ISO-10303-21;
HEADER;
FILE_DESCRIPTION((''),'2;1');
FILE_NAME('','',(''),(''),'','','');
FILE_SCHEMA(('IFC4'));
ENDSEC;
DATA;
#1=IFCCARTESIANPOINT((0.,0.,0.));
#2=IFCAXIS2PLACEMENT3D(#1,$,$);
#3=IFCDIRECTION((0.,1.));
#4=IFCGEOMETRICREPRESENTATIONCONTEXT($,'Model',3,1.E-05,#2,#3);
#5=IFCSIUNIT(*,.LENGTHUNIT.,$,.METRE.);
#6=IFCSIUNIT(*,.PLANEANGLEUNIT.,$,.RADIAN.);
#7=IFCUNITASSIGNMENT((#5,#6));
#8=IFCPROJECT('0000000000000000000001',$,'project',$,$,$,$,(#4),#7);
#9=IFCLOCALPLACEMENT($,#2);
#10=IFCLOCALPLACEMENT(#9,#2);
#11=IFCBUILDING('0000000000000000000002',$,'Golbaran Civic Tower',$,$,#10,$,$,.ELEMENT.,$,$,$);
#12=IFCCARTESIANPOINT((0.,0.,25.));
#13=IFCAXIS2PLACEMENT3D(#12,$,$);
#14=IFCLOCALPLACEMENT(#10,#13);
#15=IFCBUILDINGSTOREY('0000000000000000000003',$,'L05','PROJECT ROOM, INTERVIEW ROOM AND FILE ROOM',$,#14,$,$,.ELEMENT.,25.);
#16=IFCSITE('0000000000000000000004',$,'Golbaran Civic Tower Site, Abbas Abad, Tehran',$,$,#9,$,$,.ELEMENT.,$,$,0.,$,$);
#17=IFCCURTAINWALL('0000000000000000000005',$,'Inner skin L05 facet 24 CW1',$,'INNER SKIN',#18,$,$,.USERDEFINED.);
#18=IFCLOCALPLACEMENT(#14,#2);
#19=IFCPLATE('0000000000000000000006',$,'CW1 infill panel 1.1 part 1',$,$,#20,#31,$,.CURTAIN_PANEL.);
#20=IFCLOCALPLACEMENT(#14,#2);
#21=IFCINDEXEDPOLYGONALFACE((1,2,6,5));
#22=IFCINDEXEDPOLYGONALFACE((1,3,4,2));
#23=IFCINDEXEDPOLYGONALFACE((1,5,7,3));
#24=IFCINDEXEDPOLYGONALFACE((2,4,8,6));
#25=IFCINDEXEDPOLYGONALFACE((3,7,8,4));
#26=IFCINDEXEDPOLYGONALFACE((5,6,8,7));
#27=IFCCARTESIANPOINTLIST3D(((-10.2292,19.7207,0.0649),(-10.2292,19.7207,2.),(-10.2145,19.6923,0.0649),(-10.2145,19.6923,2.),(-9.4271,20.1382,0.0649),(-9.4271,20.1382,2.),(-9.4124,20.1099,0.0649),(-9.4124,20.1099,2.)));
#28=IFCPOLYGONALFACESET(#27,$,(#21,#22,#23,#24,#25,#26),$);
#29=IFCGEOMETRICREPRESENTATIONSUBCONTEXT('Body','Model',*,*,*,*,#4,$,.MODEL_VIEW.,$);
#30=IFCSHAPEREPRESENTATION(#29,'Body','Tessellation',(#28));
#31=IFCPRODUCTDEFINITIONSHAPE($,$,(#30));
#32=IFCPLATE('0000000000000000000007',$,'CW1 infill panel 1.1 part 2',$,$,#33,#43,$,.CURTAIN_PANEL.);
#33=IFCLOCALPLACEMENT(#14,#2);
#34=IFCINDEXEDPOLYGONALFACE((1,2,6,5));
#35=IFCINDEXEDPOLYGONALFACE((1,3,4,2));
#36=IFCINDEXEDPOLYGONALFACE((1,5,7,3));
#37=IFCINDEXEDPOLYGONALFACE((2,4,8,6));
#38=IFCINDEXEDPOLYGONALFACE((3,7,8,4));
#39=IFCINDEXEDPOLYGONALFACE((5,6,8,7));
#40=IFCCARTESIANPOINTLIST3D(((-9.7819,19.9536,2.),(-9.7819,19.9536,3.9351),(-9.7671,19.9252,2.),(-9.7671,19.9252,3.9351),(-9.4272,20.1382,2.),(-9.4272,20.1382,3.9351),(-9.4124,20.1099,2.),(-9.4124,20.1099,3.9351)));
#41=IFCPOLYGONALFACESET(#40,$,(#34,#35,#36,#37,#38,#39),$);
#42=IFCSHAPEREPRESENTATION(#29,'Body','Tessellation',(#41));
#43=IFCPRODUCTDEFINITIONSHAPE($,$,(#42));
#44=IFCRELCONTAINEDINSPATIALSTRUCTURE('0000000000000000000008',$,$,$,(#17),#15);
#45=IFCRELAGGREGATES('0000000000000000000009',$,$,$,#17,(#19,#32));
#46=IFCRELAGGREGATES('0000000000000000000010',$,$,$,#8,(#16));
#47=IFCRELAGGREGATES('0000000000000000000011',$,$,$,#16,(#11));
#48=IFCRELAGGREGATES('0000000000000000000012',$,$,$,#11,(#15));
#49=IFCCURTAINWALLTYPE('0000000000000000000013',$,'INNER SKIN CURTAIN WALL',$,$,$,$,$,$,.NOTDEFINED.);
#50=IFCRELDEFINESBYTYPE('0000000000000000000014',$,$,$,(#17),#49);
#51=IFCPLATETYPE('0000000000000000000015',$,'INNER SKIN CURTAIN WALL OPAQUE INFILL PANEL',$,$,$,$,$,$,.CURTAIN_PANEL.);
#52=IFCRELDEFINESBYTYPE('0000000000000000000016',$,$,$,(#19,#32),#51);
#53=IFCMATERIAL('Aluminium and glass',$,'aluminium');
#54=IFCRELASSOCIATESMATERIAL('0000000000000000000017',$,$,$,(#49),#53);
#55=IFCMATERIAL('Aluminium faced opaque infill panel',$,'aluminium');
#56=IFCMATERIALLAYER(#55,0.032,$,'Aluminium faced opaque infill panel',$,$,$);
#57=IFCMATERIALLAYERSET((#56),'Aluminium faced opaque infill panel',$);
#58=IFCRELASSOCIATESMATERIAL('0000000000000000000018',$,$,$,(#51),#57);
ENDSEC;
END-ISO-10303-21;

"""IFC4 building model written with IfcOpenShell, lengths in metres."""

from ifc_helpers import new_model, si_unit, direction, frame, origin, origin_2d, place, context, subcontext, project, spatial, rectangle, extrude, material, layer, layer_set, type_object, element, aggregate, save


model = new_model("IFC4")

# Units and contexts
model_context = context("Model", 3, precision=1e-05, world=origin(), true_north=direction((0.0, 1.0)))
body_context = subcontext(model_context, "Body", "Model", "MODEL_VIEW")
ifc_project = project(units=[si_unit("LENGTHUNIT", "METRE"), si_unit("PLANEANGLEUNIT", "RADIAN")], contexts=[model_context])

# Site, building, storey
site_placement = place(None, origin())
site = spatial("IfcSite", under=ifc_project, at=site_placement, Name="Golbaran Civic Tower Site, Abbas Abad, Tehran", CompositionType="ELEMENT", RefElevation=0.0)
building_placement = place(site_placement, origin())
building = spatial("IfcBuilding", under=site, at=building_placement, Name="Golbaran Civic Tower", CompositionType="ELEMENT")
storey_placement = place(building_placement, frame((0.0, 0.0, 25.0)))
storey = spatial("IfcBuildingStorey", under=building, at=storey_placement, Name="L05", Description="PROJECT ROOM, INTERVIEW ROOM AND FILE ROOM", CompositionType="ELEMENT", Elevation=25.0)

# Shared definitions
ifc_material_1 = material(Name="Aluminium and glass", Category="aluminium")
curtain_wall_type = type_object("IfcCurtainWallType", Name="INNER SKIN CURTAIN WALL", PredefinedType="NOTDEFINED", material=ifc_material_1)

# Curtain wall
curtain_wall_1_placement = place(storey_placement, origin())
curtain_wall_1 = element("IfcCurtainWall", 1, at=curtain_wall_1_placement, inside=storey, type_object=curtain_wall_type, Name="Inner skin L05 facet 24 CW1", ObjectType="INNER SKIN", PredefinedType="USERDEFINED")

# Plates
ifc_material_2 = material(Name="Aluminium faced opaque infill panel", Category="aluminium")
ifc_layer_1 = layer(ifc_material_2, 0.032, Name="Aluminium faced opaque infill panel")
ifc_layer_set_1 = layer_set([ifc_layer_1], Name="Aluminium faced opaque infill panel")
plate_type_1 = type_object("IfcPlateType", Name="INNER SKIN CURTAIN WALL OPAQUE INFILL PANEL", PredefinedType="CURTAIN_PANEL", material=ifc_layer_set_1)
plate_1_placement = place(storey_placement, frame((-9.8208, 19.9153, 0.0649), z_axis=(0.0, 0.0, 1.0), x_axis=(-0.887011, -0.461749, 0.0)))
plate_1 = element("IfcPlate", 2, at=plate_1_placement, type_object=plate_type_1, Name="CW1 infill panel 1.1 part 1", PredefinedType="CURTAIN_PANEL", context=body_context, shape_type="SweptSolid", body=[
    extrude(rectangle(XDim=0.9043, YDim=0.032, at=origin_2d()), origin(), (0.0, 0.0, 1.0), 1.9351),
])
plate_2_placement = place(storey_placement, frame((-9.5972, 20.0317, 2.0), z_axis=(0.0, 0.0, 1.0), x_axis=(-0.887011, -0.461749, 0.0)))
plate_2 = element("IfcPlate", 3, at=plate_2_placement, type_object=plate_type_1, Name="CW1 infill panel 1.1 part 2", PredefinedType="CURTAIN_PANEL", context=body_context, shape_type="SweptSolid", body=[
    extrude(rectangle(XDim=0.3999, YDim=0.032, at=origin_2d()), origin(), (0.0, 0.0, 1.0), 1.9351),
])
aggregate(curtain_wall_1, [plate_1, plate_2])

save(model, "model.ifc")
